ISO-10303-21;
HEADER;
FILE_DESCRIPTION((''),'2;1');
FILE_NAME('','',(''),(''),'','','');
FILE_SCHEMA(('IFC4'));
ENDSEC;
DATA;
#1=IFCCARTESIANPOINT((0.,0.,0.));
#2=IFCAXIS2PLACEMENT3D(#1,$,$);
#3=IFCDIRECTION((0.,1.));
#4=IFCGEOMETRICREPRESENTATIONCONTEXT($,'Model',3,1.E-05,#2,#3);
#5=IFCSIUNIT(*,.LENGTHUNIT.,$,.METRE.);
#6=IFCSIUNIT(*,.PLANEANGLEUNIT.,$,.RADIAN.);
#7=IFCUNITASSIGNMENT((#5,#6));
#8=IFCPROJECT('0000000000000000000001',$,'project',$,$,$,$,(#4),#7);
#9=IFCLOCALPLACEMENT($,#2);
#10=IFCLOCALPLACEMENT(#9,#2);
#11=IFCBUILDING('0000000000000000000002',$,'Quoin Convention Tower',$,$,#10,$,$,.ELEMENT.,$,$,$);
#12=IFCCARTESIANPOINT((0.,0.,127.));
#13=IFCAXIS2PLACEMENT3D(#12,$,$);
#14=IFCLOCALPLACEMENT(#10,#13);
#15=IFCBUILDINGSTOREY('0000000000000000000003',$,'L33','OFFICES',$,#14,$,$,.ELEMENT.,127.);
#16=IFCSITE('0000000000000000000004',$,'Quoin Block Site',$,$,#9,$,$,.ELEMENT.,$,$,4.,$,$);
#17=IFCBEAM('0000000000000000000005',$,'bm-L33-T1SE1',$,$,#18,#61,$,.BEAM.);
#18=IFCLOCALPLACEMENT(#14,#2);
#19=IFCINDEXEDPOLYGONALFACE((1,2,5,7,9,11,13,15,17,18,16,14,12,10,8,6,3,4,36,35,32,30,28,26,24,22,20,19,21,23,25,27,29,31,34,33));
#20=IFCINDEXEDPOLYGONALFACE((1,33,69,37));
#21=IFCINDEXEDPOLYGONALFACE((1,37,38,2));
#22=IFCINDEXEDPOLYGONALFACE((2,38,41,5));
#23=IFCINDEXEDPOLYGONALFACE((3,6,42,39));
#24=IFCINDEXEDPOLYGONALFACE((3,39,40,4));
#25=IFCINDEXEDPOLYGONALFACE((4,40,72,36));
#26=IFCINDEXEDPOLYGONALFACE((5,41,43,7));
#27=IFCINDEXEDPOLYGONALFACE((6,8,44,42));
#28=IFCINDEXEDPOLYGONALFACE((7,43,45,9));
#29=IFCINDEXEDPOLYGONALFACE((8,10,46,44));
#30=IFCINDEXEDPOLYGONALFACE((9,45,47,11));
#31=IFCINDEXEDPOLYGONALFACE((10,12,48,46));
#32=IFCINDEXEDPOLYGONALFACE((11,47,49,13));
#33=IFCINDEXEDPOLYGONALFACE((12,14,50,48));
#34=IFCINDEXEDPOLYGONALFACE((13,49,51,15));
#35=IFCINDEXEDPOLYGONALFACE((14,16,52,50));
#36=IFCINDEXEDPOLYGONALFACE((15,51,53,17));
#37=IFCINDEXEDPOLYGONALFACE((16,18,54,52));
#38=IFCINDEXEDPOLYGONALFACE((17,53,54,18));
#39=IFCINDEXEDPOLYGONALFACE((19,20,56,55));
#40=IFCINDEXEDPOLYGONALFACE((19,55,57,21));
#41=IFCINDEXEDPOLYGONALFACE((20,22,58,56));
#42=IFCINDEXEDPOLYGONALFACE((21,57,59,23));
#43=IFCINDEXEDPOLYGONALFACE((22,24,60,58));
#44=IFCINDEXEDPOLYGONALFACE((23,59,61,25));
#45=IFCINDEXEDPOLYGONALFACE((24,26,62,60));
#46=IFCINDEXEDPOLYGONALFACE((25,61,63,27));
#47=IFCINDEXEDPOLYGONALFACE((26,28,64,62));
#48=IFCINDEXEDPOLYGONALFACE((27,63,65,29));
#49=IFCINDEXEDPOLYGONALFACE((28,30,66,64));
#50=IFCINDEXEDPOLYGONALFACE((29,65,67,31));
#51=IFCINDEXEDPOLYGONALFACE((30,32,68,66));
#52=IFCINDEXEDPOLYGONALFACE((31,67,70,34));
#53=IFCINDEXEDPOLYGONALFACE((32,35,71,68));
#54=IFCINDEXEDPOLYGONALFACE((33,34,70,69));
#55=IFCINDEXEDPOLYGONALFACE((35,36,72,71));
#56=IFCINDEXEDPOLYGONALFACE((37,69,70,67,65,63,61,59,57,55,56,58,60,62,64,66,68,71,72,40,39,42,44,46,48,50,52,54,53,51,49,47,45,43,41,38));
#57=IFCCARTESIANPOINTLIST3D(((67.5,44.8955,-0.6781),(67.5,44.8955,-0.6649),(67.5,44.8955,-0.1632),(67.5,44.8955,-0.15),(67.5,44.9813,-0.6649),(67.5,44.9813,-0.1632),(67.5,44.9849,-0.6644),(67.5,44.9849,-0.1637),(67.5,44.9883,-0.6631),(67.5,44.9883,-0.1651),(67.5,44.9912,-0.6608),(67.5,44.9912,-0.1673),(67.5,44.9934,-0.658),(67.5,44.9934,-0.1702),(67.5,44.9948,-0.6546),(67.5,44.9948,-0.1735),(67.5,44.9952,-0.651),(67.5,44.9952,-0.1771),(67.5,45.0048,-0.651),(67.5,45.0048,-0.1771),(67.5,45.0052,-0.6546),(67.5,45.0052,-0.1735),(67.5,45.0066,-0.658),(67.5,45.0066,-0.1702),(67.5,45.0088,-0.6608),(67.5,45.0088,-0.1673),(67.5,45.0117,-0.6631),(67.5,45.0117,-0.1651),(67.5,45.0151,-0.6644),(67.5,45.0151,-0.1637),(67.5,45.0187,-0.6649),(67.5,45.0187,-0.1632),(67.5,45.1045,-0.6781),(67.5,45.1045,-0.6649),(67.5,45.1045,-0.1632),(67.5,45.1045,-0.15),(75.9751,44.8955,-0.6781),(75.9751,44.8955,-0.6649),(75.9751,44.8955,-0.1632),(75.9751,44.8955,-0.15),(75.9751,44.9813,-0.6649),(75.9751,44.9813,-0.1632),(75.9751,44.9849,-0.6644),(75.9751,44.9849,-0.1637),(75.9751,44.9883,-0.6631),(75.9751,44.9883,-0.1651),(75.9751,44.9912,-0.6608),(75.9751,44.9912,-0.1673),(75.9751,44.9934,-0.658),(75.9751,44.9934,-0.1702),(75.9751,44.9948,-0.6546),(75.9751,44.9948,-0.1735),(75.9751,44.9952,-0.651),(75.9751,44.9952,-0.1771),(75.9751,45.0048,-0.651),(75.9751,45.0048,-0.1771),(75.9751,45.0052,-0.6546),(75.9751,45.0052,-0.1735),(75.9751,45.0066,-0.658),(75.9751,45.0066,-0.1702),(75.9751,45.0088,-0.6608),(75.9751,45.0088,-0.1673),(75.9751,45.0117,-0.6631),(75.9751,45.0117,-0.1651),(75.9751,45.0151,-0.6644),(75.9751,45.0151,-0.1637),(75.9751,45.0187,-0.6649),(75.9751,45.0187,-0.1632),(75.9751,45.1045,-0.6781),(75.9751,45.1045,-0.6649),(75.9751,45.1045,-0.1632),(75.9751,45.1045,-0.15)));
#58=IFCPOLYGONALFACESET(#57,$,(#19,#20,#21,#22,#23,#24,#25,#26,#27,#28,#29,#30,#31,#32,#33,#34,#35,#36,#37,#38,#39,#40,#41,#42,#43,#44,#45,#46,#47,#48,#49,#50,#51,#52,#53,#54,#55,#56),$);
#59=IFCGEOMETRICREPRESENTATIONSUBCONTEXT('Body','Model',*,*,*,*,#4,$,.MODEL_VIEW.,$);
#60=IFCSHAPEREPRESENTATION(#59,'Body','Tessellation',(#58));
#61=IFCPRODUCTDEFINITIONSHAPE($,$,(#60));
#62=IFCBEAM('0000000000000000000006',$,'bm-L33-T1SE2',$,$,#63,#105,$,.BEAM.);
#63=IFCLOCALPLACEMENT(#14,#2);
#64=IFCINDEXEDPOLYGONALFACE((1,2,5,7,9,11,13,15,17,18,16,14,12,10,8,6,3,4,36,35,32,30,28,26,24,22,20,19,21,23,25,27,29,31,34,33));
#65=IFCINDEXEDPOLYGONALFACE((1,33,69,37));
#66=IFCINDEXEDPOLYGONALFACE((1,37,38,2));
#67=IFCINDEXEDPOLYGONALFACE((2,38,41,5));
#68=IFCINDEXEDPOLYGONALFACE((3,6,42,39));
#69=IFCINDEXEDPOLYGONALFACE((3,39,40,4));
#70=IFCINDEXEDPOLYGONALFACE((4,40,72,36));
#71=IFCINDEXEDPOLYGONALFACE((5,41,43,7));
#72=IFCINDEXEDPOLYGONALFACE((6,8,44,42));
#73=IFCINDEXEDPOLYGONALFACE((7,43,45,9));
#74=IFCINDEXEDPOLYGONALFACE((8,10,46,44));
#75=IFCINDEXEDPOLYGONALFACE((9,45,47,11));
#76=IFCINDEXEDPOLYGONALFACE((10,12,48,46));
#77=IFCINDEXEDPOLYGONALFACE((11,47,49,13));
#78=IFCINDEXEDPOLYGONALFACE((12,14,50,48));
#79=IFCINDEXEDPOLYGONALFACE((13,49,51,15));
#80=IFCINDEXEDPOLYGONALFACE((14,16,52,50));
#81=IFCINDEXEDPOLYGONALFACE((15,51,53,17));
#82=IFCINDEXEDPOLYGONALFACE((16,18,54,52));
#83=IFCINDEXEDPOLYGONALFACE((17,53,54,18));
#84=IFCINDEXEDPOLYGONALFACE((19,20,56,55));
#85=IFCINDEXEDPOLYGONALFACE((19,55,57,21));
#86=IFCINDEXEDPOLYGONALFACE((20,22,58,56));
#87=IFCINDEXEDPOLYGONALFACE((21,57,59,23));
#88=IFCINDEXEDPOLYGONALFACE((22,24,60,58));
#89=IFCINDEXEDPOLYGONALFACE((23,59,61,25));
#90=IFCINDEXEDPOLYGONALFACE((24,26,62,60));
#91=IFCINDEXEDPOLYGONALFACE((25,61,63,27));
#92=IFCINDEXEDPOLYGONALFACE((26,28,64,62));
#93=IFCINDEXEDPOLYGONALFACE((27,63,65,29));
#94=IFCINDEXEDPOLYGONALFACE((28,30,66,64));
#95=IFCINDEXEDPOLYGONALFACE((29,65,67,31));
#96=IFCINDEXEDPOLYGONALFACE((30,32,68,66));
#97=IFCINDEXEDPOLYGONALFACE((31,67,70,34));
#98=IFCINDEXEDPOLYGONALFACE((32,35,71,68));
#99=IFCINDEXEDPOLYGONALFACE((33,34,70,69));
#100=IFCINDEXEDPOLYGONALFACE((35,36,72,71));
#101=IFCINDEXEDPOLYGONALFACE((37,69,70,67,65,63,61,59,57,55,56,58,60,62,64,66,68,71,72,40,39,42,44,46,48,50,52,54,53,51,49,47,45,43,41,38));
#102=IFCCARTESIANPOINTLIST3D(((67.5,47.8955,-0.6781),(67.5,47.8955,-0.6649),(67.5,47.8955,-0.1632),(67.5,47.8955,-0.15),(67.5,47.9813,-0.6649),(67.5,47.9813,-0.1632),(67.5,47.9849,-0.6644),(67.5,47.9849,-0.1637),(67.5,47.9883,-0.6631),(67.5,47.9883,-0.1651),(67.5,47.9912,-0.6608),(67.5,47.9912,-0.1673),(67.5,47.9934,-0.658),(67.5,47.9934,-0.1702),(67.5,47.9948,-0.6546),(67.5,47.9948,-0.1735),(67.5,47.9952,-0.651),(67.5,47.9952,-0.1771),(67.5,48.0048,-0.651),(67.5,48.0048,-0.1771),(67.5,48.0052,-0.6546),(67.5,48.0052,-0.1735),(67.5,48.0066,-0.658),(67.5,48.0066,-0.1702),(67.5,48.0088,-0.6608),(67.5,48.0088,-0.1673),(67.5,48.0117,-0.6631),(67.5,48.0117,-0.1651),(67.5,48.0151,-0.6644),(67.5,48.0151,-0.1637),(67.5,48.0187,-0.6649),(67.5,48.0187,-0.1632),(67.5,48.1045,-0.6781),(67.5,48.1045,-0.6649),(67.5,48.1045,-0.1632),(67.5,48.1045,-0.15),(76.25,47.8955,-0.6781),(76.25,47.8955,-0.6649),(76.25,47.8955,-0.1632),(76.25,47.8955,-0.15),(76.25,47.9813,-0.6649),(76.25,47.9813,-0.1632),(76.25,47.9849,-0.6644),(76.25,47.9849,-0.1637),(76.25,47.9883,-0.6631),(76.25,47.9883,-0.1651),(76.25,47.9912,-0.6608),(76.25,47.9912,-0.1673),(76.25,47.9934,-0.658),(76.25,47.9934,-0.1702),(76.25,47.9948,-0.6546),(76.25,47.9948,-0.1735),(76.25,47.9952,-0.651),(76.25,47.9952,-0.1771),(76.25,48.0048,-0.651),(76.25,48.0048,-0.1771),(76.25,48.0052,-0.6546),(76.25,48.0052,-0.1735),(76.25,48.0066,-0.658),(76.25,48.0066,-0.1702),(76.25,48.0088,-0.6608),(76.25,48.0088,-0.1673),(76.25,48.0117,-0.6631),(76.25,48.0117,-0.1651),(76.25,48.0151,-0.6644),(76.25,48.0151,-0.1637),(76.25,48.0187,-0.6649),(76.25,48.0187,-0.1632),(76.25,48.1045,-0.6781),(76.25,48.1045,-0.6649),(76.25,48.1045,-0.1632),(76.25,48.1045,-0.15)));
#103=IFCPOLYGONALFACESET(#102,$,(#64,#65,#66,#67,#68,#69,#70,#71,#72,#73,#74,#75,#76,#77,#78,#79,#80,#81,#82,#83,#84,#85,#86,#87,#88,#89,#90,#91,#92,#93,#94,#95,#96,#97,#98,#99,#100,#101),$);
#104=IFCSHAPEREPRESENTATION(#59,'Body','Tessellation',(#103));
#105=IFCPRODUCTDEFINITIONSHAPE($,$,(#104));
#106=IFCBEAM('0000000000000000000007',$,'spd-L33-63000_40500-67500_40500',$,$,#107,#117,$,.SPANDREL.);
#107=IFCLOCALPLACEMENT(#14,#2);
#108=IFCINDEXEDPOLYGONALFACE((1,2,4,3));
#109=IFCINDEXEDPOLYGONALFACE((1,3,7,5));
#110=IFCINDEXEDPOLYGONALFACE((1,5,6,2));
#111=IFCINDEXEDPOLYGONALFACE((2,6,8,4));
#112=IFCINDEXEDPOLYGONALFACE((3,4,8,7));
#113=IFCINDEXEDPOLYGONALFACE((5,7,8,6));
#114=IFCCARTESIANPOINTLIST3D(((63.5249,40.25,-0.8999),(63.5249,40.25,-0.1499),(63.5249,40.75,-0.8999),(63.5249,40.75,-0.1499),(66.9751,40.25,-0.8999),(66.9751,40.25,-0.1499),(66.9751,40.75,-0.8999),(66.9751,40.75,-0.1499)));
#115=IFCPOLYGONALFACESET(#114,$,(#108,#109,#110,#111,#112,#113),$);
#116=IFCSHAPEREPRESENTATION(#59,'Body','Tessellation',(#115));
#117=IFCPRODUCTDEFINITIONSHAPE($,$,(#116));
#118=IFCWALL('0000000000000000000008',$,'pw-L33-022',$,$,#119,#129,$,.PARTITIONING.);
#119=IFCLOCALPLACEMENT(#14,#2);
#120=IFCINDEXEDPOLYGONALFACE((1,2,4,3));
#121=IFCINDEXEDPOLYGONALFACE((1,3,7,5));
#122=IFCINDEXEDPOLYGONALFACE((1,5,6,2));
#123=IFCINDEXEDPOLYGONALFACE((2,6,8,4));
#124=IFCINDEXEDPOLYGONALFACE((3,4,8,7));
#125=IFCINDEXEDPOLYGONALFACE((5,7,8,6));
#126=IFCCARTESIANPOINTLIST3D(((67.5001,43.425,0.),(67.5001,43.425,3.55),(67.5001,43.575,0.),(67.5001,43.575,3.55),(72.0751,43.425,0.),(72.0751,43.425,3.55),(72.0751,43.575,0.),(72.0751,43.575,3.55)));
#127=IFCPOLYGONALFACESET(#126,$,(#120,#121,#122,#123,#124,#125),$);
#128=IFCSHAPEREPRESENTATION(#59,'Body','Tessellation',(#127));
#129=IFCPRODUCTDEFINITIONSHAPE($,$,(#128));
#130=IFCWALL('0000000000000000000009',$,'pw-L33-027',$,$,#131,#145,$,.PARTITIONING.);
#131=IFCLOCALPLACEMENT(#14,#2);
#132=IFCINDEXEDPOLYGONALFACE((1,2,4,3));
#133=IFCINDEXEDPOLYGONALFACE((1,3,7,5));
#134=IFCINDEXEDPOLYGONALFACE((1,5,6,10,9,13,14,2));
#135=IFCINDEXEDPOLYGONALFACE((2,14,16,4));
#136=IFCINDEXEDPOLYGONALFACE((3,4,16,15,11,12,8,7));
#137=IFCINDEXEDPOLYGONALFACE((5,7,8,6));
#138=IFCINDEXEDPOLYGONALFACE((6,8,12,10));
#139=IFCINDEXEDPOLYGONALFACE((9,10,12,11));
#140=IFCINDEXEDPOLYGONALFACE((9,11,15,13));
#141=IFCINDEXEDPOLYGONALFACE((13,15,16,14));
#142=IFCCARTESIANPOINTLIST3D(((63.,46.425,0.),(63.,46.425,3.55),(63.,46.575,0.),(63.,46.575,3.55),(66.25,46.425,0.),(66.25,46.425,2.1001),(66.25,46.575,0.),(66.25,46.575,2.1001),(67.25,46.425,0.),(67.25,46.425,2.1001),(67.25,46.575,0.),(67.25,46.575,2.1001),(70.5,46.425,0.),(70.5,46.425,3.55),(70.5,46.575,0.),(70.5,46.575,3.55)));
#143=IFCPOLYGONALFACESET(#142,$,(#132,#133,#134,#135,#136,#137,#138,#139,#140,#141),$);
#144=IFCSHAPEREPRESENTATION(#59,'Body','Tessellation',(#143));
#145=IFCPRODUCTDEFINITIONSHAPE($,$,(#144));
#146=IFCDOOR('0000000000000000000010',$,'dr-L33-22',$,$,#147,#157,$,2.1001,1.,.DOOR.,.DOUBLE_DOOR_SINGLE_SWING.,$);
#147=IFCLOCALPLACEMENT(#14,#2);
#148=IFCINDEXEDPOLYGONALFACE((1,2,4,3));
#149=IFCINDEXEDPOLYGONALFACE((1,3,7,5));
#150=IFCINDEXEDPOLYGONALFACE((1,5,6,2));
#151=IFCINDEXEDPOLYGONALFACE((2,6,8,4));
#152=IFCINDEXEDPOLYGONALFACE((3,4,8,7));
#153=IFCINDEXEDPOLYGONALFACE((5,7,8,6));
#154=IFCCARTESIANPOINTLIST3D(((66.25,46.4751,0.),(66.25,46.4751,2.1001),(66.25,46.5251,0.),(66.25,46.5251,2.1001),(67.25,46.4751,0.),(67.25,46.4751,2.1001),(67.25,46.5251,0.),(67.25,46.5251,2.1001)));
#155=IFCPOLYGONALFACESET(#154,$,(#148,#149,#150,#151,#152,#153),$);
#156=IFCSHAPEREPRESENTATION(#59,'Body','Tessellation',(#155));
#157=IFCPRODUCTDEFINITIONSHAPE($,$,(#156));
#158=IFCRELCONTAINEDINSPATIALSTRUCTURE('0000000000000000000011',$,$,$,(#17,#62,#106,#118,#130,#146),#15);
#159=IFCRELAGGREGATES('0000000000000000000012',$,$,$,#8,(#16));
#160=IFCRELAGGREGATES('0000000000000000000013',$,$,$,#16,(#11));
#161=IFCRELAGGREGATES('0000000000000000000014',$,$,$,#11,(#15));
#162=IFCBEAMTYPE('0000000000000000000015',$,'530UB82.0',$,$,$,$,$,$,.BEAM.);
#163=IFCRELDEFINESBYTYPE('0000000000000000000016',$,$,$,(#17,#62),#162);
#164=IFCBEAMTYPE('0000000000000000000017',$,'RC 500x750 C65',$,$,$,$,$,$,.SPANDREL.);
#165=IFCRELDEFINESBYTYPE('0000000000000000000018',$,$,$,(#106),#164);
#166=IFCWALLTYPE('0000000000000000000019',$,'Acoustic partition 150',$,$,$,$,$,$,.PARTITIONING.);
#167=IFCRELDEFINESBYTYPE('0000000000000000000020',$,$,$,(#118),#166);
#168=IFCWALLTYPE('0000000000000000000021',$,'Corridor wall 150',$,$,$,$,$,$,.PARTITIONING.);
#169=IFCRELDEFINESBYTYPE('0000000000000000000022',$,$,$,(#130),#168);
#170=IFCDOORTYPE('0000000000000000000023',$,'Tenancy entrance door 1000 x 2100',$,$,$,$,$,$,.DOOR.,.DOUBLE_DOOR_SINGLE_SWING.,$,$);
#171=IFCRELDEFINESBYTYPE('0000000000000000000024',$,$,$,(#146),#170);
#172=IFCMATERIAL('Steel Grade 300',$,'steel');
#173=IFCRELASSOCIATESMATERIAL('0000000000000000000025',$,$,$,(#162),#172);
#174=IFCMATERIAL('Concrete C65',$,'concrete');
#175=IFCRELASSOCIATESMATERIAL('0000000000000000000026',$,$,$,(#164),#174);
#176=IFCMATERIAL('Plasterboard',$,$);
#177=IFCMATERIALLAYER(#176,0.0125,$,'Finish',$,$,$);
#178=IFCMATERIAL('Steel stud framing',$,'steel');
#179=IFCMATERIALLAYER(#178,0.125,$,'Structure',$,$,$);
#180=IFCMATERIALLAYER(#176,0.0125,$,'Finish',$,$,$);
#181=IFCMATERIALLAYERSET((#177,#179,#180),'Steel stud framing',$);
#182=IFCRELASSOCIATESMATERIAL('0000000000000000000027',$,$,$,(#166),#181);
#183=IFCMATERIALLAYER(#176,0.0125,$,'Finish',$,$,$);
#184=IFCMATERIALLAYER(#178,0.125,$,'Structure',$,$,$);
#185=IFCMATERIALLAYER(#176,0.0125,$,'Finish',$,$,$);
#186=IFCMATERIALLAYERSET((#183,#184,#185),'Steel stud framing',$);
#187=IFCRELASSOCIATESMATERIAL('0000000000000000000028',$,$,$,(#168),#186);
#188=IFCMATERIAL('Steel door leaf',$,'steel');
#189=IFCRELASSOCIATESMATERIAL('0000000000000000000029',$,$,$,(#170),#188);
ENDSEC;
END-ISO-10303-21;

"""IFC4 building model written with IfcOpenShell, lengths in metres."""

from ifc_helpers import new_model, si_unit, direction, frame, frame_2d, origin, origin_2d, place, context, subcontext, project, spatial, rectangle, i_section, extrude, material, layer, layer_set, material_profile, profile_set, type_object, element, fill, save


model = new_model("IFC4")

# Units and contexts
model_context = context("Model", 3, precision=1e-05, world=origin(), true_north=direction((0.0, 1.0)))
body_context = subcontext(model_context, "Body", "Model", "MODEL_VIEW")
ifc_project = project(units=[si_unit("LENGTHUNIT", "METRE"), si_unit("PLANEANGLEUNIT", "RADIAN")], contexts=[model_context])

# Site, building, storey
site_placement = place(None, origin())
site = spatial("IfcSite", under=ifc_project, at=site_placement, Name="Quoin Block Site", CompositionType="ELEMENT", RefElevation=4.0)
building_placement = place(site_placement, origin())
building = spatial("IfcBuilding", under=site, at=building_placement, Name="Quoin Convention Tower", CompositionType="ELEMENT")
storey_placement = place(building_placement, frame((0.0, 0.0, 127.0)))
storey = spatial("IfcBuildingStorey", under=building, at=storey_placement, Name="L33", Description="OFFICES", CompositionType="ELEMENT", Elevation=127.0)

# Shared definitions
ifc_material_1 = material(Name="Concrete C65", Category="concrete")

# Beams
ifc_material_2 = material(Name="Steel Grade 300", Category="steel")
ifc_material_profile_1 = material_profile(ifc_material_2, i_section(OverallWidth=0.209, OverallDepth=0.5281, WebThickness=0.0095, FlangeThickness=0.0132, FilletRadius=0.0139, at=origin_2d()), Name="530UB82.0")
ifc_profile_set_1 = profile_set([ifc_material_profile_1], Name="Steel Grade 300")
beam_type_1 = type_object("IfcBeamType", Name="530UB82.0", PredefinedType="BEAM", material=ifc_profile_set_1)
beam_1_placement = place(storey_placement, frame((67.5, 45.0, -0.4141), z_axis=(1.0, 0.0, 0.0), x_axis=(0.0, 1.0, 0.0)))
element("IfcBeam", 1, at=beam_1_placement, inside=storey, type_object=beam_type_1, Name="bm-L33-T1SE1", PredefinedType="BEAM", context=body_context, shape_type="SweptSolid", body=[
    extrude(i_section(OverallWidth=0.209, OverallDepth=0.5281, WebThickness=0.0095, FlangeThickness=0.0132, FilletRadius=0.0139, at=origin_2d()), origin(), (0.0, 0.0, 1.0), 8.4751),
])
beam_2_placement = place(storey_placement, frame((67.5, 48.0, -0.4141), z_axis=(1.0, 0.0, 0.0), x_axis=(0.0, 1.0, 0.0)))
element("IfcBeam", 2, at=beam_2_placement, inside=storey, type_object=beam_type_1, Name="bm-L33-T1SE2", PredefinedType="BEAM", context=body_context, shape_type="SweptSolid", body=[
    extrude(i_section(OverallWidth=0.209, OverallDepth=0.5281, WebThickness=0.0095, FlangeThickness=0.0132, FilletRadius=0.0139, at=origin_2d()), origin(), (0.0, 0.0, 1.0), 8.75),
])
ifc_material_profile_2 = material_profile(ifc_material_1, rectangle(XDim=0.5, YDim=0.75, at=origin_2d()), Name="RC 500x750")
ifc_profile_set_2 = profile_set([ifc_material_profile_2], Name="Concrete C65")
beam_type_2 = type_object("IfcBeamType", Name="RC 500x750 C65", PredefinedType="SPANDREL", material=ifc_profile_set_2)
beam_3_placement = place(storey_placement, frame((63.5249, 40.5, -0.5249), z_axis=(1.0, 0.0, 0.0), x_axis=(0.0, 1.0, 0.0)))
element("IfcBeam", 3, at=beam_3_placement, inside=storey, type_object=beam_type_2, Name="spd-L33-63000_40500-67500_40500", PredefinedType="SPANDREL", context=body_context, shape_type="SweptSolid", body=[
    extrude(rectangle(XDim=0.5, YDim=0.75, at=origin_2d()), origin(), (0.0, 0.0, 1.0), 3.4502),
])

# Wall
ifc_material_3 = material(Name="Plasterboard")
ifc_layer_1 = layer(ifc_material_3, 0.0125, Name="Finish")
ifc_material_4 = material(Name="Steel stud framing", Category="steel")
ifc_layer_2 = layer(ifc_material_4, 0.125, Name="Structure")
ifc_layer_3 = layer(ifc_material_3, 0.0125, Name="Finish")
ifc_layer_set_1 = layer_set([ifc_layer_1, ifc_layer_2, ifc_layer_3], Name="Steel stud framing")
wall_type_1 = type_object("IfcWallType", Name="Acoustic partition 150", PredefinedType="PARTITIONING", material=ifc_layer_set_1)
wall_1_placement = place(storey_placement, frame((67.5, 43.5, 0.0), z_axis=(0.0, 0.0, 1.0), x_axis=(1.0, 0.0, 0.0)))
element("IfcWall", 4, at=wall_1_placement, inside=storey, type_object=wall_type_1, Name="pw-L33-022", PredefinedType="PARTITIONING", context=body_context, shape_type="SweptSolid", body=[
    extrude(rectangle(XDim=4.575, YDim=0.1499, at=frame_2d((2.2876, 0.0))), origin(), (0.0, 0.0, 1.0), 3.55),
])

# Wall, opening, door
ifc_layer_4 = layer(ifc_material_3, 0.0125, Name="Finish")
ifc_layer_5 = layer(ifc_material_4, 0.125, Name="Structure")
ifc_layer_6 = layer(ifc_material_3, 0.0125, Name="Finish")
ifc_layer_set_2 = layer_set([ifc_layer_4, ifc_layer_5, ifc_layer_6], Name="Steel stud framing")
wall_type_2 = type_object("IfcWallType", Name="Corridor wall 150", PredefinedType="PARTITIONING", material=ifc_layer_set_2)
wall_2_placement = place(storey_placement, frame((63.0, 46.5, 0.0), z_axis=(0.0, 0.0, 1.0), x_axis=(1.0, 0.0, 0.0)))
wall_2 = element("IfcWall", 5, at=wall_2_placement, inside=storey, type_object=wall_type_2, Name="pw-L33-027", PredefinedType="PARTITIONING", context=body_context, shape_type="SweptSolid", body=[
    extrude(rectangle(XDim=7.5, YDim=0.1499, at=frame_2d((3.75, 0.0))), origin(), (0.0, 0.0, 1.0), 3.55),
])
opening_1_placement = place(wall_2_placement, frame((3.25, 0.0, 0.0)))
opening_1 = element("IfcOpeningElement", 6, at=opening_1_placement, cuts=wall_2, PredefinedType="OPENING", context=body_context, shape_type="SweptSolid", body=[
    extrude(rectangle(XDim=1.0, YDim=2.1001, at=frame_2d((0.5, 1.05))), frame((0.0, 0.085, 0.0), z_axis=(0.0, -1.0, 0.0), x_axis=(1.0, 0.0, 0.0)), (0.0, 0.0, 1.0), 0.1699),
])
ifc_material_5 = material(Name="Steel door leaf", Category="steel")
door_type_1 = type_object("IfcDoorType", Name="Tenancy entrance door 1000 x 2100", OperationType="DOUBLE_DOOR_SINGLE_SWING", PredefinedType="DOOR", material=ifc_material_5)
door_1_placement = place(opening_1_placement, frame((1.0, 0.0, 0.0), z_axis=(0.0, 0.0, 1.0), x_axis=(-1.0, 0.0, 0.0)))
door_1 = element("IfcDoor", 7, at=door_1_placement, inside=storey, type_object=door_type_1, Name="dr-L33-22", OperationType="DOUBLE_DOOR_SINGLE_SWING", OverallHeight=2.1001, OverallWidth=1.0, PredefinedType="DOOR", context=body_context, shape_type="SweptSolid", body=[
    extrude(rectangle(XDim=1.0, YDim=2.1001, at=frame_2d((0.5, 1.05))), frame((0.0, 0.0249, 0.0), z_axis=(0.0, -1.0, 0.0), x_axis=(1.0, 0.0, 0.0)), (0.0, 0.0, 1.0), 0.05),
])
fill(opening_1, door_1)

save(model, "model.ifc")
